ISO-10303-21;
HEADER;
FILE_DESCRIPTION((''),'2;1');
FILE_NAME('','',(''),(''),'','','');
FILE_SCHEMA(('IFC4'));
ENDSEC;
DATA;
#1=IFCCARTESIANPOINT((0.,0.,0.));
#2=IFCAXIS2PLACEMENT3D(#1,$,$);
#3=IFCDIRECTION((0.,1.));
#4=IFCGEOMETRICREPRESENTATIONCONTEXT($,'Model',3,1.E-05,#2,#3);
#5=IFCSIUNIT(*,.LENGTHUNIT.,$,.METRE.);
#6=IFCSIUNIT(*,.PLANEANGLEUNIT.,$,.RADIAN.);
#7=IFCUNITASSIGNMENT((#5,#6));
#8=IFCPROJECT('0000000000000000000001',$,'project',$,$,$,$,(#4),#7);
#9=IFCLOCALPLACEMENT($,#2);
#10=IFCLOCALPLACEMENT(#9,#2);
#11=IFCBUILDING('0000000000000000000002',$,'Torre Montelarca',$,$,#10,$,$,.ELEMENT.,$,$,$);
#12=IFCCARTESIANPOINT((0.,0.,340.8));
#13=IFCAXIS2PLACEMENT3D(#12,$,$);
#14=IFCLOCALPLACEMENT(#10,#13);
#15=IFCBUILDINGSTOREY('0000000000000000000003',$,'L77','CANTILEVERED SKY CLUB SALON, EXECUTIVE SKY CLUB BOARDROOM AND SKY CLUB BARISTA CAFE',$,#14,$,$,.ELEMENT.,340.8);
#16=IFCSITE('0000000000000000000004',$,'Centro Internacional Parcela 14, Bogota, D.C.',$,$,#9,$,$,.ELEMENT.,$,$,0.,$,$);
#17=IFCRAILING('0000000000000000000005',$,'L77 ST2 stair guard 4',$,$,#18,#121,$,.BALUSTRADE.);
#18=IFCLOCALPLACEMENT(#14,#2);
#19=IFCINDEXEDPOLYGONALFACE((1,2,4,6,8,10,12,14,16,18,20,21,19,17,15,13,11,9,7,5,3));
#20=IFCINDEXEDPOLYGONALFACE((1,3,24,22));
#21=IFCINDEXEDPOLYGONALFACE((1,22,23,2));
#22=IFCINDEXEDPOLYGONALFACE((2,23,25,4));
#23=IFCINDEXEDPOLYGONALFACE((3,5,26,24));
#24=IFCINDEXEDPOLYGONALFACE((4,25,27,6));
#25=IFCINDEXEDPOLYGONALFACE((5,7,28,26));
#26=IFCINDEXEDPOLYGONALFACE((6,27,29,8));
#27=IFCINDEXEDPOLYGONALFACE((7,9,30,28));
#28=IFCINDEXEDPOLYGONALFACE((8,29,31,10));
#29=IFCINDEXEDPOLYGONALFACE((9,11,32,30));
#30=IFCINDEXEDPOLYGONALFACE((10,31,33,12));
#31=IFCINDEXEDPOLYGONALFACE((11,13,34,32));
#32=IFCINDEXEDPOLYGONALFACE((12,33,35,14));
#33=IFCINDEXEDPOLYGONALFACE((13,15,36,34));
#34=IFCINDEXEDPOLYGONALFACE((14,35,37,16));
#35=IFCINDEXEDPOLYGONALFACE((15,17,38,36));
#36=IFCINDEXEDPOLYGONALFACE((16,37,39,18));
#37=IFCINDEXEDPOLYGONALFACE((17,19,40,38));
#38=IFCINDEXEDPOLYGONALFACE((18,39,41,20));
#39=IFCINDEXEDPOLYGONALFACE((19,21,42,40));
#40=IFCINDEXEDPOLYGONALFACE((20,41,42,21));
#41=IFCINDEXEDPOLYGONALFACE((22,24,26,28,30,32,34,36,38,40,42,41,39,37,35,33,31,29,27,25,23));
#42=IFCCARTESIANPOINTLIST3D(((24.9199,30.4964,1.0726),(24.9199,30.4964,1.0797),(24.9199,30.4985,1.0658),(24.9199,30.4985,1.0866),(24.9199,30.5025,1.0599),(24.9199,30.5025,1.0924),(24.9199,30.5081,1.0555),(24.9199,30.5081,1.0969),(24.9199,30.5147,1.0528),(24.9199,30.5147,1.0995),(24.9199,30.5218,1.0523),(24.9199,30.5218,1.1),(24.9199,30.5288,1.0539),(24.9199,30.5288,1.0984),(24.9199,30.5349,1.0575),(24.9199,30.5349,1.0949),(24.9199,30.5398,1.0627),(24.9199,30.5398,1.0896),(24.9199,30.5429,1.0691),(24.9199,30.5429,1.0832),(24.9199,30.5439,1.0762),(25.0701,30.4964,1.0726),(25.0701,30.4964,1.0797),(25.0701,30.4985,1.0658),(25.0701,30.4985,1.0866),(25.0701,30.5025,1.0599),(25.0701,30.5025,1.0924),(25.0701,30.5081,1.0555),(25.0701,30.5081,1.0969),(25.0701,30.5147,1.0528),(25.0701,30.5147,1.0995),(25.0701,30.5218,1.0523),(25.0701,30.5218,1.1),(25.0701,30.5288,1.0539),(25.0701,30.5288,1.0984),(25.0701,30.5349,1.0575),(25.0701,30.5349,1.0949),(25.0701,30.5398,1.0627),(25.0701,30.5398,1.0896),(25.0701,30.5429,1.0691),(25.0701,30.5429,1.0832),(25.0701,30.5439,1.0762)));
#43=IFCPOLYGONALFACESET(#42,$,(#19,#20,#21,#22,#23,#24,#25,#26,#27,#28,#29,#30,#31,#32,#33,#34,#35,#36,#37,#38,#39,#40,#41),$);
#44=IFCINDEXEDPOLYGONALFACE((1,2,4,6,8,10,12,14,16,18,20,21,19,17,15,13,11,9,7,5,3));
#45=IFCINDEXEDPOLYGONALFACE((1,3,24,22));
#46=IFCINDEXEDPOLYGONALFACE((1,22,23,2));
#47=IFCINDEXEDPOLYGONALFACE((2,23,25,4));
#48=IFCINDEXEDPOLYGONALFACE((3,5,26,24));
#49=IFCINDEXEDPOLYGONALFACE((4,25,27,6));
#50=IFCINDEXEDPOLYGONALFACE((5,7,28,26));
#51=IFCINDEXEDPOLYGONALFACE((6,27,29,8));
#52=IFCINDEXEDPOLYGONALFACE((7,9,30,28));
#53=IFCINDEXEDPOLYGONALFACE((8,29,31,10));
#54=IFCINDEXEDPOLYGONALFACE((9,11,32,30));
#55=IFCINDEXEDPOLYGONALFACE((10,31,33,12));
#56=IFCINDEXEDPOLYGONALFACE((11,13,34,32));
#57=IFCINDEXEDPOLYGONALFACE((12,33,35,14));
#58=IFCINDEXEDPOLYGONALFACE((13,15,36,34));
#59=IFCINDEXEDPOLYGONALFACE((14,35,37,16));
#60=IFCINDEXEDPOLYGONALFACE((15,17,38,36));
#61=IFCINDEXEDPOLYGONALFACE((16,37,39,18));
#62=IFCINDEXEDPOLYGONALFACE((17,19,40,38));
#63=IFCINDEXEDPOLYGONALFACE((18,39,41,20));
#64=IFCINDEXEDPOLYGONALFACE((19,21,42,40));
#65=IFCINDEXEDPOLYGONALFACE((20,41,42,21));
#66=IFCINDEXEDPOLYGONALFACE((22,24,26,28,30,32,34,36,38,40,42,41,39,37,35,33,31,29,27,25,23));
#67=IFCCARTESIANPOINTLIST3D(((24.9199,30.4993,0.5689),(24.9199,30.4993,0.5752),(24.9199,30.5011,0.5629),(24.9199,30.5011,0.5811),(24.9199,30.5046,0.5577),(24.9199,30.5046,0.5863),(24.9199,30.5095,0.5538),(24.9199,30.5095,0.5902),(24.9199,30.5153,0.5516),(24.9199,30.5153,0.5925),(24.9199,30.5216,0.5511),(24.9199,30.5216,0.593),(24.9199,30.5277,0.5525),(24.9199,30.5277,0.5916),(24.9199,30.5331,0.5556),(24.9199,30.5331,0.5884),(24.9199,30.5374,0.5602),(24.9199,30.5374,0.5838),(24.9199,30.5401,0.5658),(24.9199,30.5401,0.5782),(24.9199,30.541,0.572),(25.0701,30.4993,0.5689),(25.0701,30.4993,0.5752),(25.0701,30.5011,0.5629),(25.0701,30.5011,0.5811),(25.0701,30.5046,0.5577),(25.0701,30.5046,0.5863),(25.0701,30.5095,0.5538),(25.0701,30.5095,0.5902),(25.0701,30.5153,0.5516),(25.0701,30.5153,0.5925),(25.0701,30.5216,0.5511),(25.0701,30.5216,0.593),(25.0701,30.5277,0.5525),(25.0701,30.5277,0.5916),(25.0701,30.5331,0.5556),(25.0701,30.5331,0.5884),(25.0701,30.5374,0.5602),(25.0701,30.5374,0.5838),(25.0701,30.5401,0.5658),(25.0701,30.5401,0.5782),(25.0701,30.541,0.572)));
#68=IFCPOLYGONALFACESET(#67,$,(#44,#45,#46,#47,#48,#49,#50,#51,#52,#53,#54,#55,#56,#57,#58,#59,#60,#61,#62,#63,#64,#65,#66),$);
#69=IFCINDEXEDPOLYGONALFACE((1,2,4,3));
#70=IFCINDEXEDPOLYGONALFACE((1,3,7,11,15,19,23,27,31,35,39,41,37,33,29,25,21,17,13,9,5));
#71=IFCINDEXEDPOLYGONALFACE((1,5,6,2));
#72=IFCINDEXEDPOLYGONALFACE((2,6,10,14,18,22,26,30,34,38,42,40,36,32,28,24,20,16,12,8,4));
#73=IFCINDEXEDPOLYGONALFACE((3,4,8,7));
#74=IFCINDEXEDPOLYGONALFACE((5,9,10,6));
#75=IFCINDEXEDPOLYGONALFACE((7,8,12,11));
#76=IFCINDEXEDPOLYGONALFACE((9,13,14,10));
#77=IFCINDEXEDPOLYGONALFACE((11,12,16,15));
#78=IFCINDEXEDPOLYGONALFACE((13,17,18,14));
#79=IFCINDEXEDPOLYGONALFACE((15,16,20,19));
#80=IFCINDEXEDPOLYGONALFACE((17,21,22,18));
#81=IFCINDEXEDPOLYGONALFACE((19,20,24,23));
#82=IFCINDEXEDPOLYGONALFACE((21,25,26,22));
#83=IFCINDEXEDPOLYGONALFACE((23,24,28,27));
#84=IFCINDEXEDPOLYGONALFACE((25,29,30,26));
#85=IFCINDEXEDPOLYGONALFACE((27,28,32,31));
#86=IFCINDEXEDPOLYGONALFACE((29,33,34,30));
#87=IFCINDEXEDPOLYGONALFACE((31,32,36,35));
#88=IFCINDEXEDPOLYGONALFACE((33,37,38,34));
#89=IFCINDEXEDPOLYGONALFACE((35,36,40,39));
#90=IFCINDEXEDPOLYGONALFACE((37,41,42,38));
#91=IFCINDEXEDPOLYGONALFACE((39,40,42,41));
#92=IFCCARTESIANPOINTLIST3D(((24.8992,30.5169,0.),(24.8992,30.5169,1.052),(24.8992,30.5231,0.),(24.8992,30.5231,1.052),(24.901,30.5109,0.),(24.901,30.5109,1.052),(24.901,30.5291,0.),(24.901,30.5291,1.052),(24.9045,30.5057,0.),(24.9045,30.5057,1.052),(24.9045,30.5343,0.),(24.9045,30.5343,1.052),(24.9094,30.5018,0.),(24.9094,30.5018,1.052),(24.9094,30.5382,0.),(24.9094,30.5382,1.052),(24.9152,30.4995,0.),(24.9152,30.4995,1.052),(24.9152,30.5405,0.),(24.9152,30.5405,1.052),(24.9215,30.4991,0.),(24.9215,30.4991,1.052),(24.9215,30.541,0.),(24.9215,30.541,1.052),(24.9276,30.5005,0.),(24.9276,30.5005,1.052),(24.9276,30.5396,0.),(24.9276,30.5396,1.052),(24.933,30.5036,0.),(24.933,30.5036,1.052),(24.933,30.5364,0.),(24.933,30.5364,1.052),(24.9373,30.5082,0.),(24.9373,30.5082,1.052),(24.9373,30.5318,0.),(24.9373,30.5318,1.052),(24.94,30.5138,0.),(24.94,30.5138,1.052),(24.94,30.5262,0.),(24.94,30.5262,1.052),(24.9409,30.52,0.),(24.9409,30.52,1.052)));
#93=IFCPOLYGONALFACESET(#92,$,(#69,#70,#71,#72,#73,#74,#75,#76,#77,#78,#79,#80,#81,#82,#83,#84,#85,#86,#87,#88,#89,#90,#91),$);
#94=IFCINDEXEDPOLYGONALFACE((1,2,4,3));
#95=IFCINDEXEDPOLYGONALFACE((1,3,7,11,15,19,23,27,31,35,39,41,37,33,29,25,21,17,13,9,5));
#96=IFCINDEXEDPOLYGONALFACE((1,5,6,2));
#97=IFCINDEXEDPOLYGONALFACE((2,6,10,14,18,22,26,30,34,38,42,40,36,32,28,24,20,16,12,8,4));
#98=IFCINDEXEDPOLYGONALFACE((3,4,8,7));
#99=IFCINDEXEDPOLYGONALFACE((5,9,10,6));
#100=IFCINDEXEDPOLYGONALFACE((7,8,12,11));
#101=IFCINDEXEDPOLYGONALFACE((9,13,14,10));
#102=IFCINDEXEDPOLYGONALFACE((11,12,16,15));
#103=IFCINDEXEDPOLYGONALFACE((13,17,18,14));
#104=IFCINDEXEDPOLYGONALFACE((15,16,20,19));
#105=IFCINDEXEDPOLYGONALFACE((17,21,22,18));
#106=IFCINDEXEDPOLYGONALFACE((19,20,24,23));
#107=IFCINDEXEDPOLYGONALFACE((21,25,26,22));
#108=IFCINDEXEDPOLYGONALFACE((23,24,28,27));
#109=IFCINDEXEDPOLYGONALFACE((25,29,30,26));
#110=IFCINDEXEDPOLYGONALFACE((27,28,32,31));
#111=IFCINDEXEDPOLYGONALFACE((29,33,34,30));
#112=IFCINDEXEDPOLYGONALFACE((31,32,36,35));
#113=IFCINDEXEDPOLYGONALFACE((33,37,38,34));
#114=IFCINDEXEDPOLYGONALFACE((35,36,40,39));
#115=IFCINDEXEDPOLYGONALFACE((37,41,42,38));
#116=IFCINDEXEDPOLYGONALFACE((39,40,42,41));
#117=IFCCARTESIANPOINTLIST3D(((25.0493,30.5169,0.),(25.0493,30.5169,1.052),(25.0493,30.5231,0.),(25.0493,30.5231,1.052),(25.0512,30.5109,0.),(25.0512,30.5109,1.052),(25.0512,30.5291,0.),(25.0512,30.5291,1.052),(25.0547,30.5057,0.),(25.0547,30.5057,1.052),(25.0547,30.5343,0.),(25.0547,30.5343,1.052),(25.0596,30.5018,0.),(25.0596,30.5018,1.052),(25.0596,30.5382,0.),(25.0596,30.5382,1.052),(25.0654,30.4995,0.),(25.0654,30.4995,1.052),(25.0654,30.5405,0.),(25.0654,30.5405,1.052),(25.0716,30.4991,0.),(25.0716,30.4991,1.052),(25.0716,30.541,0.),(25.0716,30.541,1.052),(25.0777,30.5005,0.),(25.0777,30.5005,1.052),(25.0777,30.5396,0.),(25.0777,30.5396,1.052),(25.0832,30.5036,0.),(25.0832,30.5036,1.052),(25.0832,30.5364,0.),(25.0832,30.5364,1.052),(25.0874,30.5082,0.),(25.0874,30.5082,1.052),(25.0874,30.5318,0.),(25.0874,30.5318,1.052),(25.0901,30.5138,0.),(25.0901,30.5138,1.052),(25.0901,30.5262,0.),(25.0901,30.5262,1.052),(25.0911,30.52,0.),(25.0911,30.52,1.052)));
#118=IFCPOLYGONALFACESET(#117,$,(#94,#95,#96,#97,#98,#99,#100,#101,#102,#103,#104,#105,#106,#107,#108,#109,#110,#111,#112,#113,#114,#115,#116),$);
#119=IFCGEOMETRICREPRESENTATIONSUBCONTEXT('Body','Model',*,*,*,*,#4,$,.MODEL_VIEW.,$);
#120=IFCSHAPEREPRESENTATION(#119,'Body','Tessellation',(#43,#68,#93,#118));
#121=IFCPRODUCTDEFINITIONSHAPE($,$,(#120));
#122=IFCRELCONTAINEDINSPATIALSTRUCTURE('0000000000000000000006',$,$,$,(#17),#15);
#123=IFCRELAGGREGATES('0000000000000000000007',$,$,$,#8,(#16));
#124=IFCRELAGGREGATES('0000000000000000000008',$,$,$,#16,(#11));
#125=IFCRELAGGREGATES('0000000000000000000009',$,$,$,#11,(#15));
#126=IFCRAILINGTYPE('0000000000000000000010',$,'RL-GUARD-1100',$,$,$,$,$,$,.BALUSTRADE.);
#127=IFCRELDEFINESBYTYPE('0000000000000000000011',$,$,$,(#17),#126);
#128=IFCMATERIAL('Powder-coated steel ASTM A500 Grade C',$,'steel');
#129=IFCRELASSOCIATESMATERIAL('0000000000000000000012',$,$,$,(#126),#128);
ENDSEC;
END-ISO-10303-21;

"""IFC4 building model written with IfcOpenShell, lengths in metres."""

from ifc_helpers import new_model, si_unit, direction, frame, origin, origin_2d, place, context, subcontext, project, spatial, circle, extrude, material, type_object, element, save


model = new_model("IFC4")

# Units and contexts
model_context = context("Model", 3, precision=1e-05, world=origin(), true_north=direction((0.0, 1.0)))
body_context = subcontext(model_context, "Body", "Model", "MODEL_VIEW")
ifc_project = project(units=[si_unit("LENGTHUNIT", "METRE"), si_unit("PLANEANGLEUNIT", "RADIAN")], contexts=[model_context])

# Site, building, storey
site_placement = place(None, origin())
site = spatial("IfcSite", under=ifc_project, at=site_placement, Name="Centro Internacional Parcela 14, Bogota, D.C.", CompositionType="ELEMENT", RefElevation=0.0)
building_placement = place(site_placement, origin())
building = spatial("IfcBuilding", under=site, at=building_placement, Name="Torre Montelarca", CompositionType="ELEMENT")
storey_placement = place(building_placement, frame((0.0, 0.0, 340.8)))
storey = spatial("IfcBuildingStorey", under=building, at=storey_placement, Name="L77", Description="CANTILEVERED SKY CLUB SALON, EXECUTIVE SKY CLUB BOARDROOM AND SKY CLUB BARISTA CAFE", CompositionType="ELEMENT", Elevation=340.8)

# Railing
ifc_material_1 = material(Name="Powder-coated steel ASTM A500 Grade C", Category="steel")
railing_type_1 = type_object("IfcRailingType", Name="RL-GUARD-1100", PredefinedType="BALUSTRADE", material=ifc_material_1)
railing_1_placement = place(storey_placement, frame((24.9199, 30.52, 0.0)))
element("IfcRailing", 1, at=railing_1_placement, inside=storey, type_object=railing_type_1, Name="L77 ST2 stair guard 4", PredefinedType="BALUSTRADE", context=body_context, shape_type="SweptSolid", body=[
    extrude(circle(Radius=0.0239, at=origin_2d()), frame((0.0, 0.0, 1.0762), z_axis=(1.0, 0.0, 0.0), x_axis=(0.0, 1.0, 0.0)), (0.0, 0.0, 1.0), 0.1501),
    extrude(circle(Radius=0.021, at=origin_2d()), frame((0.0, 0.0, 0.572), z_axis=(1.0, 0.0, 0.0), x_axis=(0.0, 1.0, 0.0)), (0.0, 0.0, 1.0), 0.1501),
    extrude(circle(Radius=0.021, at=origin_2d()), origin(), (0.0, 0.0, 1.0), 1.052),
    extrude(circle(Radius=0.021, at=origin_2d()), frame((0.1501, 0.0, 0.0)), (0.0, 0.0, 1.0), 1.052),
])

save(model, "model.ifc")
